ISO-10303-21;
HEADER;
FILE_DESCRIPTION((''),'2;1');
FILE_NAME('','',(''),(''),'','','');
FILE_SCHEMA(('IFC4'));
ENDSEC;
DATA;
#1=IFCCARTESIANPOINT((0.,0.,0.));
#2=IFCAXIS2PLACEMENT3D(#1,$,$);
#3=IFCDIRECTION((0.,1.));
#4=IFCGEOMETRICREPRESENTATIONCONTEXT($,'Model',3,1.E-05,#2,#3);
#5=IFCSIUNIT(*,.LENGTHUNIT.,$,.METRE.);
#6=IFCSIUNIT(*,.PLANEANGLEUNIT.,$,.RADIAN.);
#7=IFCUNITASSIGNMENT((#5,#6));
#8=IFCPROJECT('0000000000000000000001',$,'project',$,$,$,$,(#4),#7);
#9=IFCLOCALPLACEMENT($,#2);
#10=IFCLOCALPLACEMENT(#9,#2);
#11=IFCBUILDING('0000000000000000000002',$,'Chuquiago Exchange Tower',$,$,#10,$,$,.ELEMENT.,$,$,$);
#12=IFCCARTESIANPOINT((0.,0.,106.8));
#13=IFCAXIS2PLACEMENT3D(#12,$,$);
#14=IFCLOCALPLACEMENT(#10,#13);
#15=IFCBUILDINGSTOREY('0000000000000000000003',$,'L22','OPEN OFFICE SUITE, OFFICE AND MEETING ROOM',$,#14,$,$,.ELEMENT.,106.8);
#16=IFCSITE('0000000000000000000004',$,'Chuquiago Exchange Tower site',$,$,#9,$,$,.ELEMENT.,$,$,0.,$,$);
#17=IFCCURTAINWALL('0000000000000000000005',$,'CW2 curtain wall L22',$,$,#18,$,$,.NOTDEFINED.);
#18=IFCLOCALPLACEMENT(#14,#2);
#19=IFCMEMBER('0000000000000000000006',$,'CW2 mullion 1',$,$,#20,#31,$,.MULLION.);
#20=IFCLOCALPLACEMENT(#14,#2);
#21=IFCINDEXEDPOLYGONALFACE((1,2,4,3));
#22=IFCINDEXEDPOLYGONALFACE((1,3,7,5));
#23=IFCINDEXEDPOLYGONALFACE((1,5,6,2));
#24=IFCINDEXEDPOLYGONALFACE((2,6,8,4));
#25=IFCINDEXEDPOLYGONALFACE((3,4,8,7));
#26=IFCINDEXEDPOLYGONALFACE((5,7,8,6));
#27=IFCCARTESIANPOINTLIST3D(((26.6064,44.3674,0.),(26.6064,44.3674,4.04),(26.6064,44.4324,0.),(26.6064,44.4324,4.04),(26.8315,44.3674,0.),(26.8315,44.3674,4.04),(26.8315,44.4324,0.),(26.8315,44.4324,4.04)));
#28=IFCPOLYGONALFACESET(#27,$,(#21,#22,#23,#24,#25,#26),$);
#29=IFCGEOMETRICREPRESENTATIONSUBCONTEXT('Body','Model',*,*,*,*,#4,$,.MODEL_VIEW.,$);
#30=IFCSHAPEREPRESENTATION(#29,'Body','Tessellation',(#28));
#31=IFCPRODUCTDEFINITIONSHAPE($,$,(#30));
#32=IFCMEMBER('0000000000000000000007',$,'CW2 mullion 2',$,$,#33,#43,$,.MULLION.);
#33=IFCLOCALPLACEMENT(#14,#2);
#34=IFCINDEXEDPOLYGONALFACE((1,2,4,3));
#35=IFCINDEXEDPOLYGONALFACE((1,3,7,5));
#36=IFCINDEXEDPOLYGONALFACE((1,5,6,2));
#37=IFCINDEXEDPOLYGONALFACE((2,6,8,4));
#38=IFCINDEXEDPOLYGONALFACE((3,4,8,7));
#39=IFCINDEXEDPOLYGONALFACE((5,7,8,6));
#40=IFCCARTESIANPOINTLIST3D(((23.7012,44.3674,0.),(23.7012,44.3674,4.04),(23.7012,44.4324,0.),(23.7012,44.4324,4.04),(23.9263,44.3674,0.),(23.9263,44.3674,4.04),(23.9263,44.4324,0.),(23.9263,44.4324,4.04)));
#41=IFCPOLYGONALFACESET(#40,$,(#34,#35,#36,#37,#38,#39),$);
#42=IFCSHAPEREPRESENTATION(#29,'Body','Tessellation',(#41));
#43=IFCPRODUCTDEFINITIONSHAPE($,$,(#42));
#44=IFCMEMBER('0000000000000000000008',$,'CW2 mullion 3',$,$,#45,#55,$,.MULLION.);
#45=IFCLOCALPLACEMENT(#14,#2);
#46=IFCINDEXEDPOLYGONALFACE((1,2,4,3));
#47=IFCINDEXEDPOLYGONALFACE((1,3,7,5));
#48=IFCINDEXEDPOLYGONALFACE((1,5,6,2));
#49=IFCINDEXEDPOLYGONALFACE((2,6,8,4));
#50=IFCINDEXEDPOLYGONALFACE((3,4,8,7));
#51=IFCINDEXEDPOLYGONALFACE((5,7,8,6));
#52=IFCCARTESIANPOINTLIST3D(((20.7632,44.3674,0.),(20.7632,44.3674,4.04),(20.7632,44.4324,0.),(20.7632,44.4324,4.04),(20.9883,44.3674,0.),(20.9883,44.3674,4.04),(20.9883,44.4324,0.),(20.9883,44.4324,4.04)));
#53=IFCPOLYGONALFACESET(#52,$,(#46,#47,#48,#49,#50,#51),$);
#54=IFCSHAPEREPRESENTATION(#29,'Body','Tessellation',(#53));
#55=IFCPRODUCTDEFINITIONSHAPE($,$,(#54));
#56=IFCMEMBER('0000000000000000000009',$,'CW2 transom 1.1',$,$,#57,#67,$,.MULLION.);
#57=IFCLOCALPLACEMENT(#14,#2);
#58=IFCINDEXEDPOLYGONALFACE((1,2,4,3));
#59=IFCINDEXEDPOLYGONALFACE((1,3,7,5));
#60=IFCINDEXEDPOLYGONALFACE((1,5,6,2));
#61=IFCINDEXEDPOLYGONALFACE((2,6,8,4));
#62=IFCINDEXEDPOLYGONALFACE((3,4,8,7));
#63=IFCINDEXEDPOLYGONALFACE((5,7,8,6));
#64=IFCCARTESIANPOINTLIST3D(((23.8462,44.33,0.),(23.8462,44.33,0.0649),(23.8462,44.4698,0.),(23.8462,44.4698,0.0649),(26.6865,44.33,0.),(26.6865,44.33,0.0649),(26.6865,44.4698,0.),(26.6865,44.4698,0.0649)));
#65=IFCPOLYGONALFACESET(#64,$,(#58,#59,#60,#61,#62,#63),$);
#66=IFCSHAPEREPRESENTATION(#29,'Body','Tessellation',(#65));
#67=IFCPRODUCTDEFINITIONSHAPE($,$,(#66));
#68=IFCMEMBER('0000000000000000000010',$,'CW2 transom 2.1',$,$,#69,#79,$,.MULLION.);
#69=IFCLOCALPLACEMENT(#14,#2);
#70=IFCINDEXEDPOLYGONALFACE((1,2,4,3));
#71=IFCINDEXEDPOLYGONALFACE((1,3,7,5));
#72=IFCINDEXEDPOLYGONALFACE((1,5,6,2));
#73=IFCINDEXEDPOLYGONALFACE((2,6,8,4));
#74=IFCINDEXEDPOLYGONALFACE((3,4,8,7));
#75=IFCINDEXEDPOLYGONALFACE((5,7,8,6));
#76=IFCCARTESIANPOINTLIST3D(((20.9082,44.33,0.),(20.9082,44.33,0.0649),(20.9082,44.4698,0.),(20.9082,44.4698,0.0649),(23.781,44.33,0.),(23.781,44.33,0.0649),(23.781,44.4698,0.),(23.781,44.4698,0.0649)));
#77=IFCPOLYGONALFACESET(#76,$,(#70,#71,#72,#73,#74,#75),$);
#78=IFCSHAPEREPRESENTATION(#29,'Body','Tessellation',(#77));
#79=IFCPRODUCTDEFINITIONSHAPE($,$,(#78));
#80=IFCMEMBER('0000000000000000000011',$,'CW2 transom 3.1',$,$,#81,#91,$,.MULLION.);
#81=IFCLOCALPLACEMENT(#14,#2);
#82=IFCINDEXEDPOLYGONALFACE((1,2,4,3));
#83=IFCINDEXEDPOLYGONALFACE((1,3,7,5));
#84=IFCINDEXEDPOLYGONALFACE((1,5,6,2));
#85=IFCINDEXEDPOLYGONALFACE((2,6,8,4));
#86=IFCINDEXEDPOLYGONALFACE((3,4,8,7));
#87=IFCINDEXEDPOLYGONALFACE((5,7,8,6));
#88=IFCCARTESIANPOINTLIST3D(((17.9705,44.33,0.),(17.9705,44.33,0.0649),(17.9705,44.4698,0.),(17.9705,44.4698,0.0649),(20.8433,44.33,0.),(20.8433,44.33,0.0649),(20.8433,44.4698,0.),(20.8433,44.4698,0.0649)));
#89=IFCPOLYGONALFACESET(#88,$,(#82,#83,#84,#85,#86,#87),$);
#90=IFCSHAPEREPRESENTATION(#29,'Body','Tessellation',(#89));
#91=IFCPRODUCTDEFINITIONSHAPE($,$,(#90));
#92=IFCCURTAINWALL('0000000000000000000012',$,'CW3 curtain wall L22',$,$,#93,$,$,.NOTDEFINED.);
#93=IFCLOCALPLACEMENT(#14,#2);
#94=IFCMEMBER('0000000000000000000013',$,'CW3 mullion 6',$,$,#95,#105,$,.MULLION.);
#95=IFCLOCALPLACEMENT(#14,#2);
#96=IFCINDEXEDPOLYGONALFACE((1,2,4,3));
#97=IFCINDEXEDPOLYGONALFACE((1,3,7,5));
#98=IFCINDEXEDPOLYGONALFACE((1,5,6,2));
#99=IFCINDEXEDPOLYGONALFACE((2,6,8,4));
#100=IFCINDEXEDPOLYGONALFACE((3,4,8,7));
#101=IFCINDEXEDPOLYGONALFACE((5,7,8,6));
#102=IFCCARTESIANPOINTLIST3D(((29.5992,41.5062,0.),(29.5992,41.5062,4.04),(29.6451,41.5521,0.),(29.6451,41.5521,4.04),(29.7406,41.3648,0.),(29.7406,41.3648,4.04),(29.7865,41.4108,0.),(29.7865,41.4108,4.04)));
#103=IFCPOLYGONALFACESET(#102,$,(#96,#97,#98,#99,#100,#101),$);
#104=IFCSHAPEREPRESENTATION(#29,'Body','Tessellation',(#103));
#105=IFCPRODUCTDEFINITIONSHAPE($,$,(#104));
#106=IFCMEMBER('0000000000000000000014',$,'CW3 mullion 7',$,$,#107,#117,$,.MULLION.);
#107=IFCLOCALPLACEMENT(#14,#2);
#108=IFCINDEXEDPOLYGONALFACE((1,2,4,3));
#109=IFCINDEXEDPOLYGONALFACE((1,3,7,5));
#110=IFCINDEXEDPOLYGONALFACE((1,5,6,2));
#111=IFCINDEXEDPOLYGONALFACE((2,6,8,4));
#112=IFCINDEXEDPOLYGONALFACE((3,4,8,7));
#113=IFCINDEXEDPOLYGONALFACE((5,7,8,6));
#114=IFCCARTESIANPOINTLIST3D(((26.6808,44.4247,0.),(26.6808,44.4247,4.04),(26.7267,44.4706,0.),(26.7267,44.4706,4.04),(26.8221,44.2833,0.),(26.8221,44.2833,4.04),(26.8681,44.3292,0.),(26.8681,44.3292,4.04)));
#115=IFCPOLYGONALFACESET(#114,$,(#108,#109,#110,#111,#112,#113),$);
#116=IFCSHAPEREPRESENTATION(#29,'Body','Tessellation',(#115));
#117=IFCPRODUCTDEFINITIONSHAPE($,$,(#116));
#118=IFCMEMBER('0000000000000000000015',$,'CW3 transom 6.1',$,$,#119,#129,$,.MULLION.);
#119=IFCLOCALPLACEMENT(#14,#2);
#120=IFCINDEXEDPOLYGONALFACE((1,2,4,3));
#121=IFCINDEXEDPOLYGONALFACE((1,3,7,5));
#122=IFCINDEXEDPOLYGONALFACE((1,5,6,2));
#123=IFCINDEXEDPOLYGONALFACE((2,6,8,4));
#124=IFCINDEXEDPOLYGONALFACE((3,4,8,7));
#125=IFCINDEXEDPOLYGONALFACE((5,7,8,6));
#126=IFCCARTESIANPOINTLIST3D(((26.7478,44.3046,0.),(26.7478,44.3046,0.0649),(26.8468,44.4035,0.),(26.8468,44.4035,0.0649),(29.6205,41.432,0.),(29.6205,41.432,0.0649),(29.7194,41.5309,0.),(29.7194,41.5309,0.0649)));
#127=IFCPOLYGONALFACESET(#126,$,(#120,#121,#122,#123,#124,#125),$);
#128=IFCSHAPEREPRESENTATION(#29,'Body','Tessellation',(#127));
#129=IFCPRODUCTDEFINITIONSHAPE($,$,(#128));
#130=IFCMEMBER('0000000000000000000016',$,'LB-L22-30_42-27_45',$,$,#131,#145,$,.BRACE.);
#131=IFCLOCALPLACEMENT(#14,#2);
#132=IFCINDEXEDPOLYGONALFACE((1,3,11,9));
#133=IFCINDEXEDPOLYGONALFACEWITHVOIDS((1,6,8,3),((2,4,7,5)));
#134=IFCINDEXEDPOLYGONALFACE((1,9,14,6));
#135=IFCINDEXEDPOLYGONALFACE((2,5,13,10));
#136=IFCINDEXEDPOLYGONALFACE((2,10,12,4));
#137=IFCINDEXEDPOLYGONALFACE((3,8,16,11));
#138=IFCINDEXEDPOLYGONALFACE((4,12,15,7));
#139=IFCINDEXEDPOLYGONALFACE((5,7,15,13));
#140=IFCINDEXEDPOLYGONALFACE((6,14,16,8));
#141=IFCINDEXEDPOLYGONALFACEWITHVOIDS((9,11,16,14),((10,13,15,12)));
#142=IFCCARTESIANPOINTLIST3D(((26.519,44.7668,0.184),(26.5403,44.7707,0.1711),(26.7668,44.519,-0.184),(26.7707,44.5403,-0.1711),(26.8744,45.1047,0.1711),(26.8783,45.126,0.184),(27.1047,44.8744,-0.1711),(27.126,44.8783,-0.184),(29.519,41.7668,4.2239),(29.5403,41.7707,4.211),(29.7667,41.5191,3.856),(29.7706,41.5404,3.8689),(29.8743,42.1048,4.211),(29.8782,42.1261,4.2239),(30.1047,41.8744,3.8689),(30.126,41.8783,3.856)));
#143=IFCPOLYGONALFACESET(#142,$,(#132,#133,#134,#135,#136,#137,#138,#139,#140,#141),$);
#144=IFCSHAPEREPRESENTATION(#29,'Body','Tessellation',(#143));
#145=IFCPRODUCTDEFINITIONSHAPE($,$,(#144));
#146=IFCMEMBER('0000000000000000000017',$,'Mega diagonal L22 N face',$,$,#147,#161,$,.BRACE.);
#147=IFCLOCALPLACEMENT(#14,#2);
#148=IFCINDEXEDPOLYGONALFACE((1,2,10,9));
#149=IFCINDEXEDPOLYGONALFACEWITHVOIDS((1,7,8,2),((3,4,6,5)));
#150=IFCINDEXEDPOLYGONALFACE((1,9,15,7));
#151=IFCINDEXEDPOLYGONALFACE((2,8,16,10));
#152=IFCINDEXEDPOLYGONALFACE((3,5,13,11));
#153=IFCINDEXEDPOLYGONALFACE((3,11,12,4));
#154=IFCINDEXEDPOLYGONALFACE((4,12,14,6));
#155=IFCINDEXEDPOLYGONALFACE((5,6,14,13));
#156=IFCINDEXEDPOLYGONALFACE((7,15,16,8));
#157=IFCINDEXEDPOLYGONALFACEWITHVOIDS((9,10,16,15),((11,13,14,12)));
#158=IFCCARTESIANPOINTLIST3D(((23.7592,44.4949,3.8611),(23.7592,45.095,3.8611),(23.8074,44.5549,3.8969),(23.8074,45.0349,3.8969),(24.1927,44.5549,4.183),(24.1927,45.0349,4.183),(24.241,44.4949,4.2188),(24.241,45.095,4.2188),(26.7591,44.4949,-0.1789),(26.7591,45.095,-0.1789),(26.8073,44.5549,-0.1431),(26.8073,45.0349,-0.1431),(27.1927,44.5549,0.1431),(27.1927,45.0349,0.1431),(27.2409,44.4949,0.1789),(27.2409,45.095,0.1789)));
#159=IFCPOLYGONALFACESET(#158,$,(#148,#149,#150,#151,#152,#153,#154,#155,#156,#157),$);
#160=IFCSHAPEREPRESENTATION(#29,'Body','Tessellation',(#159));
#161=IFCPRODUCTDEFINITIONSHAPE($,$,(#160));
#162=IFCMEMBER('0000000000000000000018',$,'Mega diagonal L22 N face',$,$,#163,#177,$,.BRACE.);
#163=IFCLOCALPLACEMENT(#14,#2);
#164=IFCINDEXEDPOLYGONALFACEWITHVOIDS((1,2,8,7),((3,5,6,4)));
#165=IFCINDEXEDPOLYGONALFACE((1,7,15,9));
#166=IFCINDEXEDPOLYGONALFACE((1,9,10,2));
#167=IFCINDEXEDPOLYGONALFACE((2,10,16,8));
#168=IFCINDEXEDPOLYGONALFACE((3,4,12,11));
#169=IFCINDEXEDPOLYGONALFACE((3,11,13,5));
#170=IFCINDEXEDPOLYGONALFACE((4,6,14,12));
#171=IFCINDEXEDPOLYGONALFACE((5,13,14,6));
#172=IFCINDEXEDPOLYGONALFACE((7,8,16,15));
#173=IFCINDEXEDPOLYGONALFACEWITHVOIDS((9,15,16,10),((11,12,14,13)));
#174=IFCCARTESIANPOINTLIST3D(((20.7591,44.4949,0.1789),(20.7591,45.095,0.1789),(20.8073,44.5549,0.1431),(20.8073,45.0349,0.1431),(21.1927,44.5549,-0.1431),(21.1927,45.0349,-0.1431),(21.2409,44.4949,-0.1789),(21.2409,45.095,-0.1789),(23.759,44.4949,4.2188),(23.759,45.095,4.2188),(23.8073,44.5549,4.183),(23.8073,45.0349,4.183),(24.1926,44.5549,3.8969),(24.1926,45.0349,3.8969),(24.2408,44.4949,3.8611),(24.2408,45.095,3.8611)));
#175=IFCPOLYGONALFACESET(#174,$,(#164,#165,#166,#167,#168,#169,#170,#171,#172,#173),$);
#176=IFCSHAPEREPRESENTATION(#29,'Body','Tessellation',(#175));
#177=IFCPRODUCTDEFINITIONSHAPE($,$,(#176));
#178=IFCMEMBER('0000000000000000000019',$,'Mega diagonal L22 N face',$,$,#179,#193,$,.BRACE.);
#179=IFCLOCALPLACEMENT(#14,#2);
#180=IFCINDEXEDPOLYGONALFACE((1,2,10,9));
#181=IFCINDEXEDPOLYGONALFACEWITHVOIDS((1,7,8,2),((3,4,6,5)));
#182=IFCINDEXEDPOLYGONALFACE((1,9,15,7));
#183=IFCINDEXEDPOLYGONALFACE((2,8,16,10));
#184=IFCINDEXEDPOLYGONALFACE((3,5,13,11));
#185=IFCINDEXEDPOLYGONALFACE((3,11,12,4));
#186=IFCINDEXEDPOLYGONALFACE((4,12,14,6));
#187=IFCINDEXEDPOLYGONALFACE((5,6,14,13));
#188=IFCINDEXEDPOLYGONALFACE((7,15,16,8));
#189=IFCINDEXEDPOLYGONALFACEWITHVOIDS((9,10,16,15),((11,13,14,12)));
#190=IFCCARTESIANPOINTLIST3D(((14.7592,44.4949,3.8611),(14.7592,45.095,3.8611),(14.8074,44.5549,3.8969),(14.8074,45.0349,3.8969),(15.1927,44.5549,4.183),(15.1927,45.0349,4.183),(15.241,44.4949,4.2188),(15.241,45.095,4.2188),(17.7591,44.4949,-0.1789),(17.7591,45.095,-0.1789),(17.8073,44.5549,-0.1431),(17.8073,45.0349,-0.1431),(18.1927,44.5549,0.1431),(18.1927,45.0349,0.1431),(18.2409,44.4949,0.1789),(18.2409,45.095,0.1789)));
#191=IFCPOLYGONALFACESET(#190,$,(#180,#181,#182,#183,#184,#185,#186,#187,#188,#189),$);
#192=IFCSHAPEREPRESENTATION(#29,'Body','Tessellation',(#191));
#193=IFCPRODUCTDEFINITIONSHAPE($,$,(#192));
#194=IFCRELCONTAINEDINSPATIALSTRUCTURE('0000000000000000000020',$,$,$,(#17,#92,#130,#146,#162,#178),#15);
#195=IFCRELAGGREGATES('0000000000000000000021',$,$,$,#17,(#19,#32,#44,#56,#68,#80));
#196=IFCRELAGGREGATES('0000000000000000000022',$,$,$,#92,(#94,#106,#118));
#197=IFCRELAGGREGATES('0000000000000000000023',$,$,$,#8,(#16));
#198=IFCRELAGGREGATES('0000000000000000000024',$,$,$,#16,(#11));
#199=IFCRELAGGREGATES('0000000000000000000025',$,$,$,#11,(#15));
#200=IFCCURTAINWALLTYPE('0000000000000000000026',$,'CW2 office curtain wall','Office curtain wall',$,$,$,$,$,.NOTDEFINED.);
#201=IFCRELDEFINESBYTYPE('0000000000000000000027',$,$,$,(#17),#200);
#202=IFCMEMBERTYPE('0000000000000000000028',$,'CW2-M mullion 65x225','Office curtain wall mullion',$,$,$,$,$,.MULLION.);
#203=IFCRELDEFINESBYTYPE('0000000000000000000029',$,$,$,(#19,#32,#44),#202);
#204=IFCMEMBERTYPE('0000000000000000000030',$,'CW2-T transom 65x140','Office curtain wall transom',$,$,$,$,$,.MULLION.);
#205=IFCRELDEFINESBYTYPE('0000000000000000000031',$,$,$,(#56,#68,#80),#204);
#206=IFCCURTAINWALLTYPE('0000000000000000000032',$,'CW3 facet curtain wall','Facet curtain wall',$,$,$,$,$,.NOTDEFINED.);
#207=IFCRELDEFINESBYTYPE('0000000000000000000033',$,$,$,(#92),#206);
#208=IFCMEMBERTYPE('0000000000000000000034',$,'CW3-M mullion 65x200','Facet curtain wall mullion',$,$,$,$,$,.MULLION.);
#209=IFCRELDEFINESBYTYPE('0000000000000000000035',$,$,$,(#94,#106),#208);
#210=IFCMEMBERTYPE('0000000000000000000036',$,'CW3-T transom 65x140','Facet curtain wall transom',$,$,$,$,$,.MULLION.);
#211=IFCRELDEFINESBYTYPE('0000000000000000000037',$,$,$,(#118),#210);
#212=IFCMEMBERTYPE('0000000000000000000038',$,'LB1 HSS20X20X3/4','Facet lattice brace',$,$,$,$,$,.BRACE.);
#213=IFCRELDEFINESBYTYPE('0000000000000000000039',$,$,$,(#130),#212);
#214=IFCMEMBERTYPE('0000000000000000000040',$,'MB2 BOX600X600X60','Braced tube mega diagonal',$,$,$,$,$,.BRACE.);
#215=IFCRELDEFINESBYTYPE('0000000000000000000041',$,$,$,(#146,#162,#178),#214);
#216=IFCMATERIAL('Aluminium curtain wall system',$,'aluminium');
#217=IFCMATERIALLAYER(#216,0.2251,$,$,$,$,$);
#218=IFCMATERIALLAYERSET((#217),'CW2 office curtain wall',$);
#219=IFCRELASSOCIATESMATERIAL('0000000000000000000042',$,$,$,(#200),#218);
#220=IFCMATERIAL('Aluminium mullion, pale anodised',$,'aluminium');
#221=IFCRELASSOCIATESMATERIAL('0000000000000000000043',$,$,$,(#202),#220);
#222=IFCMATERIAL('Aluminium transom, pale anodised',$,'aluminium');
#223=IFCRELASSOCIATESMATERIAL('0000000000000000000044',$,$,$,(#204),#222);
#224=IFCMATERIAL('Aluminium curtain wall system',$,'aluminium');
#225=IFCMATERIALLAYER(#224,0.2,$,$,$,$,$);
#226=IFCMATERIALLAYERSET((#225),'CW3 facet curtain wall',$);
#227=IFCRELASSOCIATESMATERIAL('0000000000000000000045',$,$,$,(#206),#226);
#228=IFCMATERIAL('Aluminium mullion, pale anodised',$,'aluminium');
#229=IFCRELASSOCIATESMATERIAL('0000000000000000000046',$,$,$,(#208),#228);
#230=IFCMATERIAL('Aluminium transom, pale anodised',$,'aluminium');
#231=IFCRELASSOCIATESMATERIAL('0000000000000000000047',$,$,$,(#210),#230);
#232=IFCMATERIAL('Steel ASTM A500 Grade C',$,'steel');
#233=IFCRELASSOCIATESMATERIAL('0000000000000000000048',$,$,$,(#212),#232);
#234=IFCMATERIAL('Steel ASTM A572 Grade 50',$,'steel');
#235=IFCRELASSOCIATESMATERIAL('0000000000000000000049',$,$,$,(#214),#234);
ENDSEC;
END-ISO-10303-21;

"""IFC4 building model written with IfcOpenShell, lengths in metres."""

from ifc_helpers import new_model, si_unit, direction, frame, origin, origin_2d, place, context, subcontext, project, spatial, rectangle, hollow_rectangle, extrude, material, layer, layer_set, material_profile, profile_set, type_object, element, aggregate, save


model = new_model("IFC4")

# Units and contexts
model_context = context("Model", 3, precision=1e-05, world=origin(), true_north=direction((0.0, 1.0)))
body_context = subcontext(model_context, "Body", "Model", "MODEL_VIEW")
ifc_project = project(units=[si_unit("LENGTHUNIT", "METRE"), si_unit("PLANEANGLEUNIT", "RADIAN")], contexts=[model_context])

# Site, building, storey
site_placement = place(None, origin())
site = spatial("IfcSite", under=ifc_project, at=site_placement, Name="Chuquiago Exchange Tower site", CompositionType="ELEMENT", RefElevation=0.0)
building_placement = place(site_placement, origin())
building = spatial("IfcBuilding", under=site, at=building_placement, Name="Chuquiago Exchange Tower", CompositionType="ELEMENT")
storey_placement = place(building_placement, frame((0.0, 0.0, 106.8)))
storey = spatial("IfcBuildingStorey", under=building, at=storey_placement, Name="L22", Description="OPEN OFFICE SUITE, OFFICE AND MEETING ROOM", CompositionType="ELEMENT", Elevation=106.8)

# Curtain walls, members
ifc_material_1 = material(Name="Aluminium curtain wall system", Category="aluminium")
ifc_layer_1 = layer(ifc_material_1, 0.2251)
ifc_layer_set_1 = layer_set([ifc_layer_1], Name="CW2 office curtain wall")
curtain_wall_type_1 = type_object("IfcCurtainWallType", Name="CW2 office curtain wall", Description="Office curtain wall", PredefinedType="NOTDEFINED", material=ifc_layer_set_1)
curtain_wall_1_placement = place(storey_placement, origin())
curtain_wall_1 = element("IfcCurtainWall", 1, at=curtain_wall_1_placement, inside=storey, type_object=curtain_wall_type_1, Name="CW2 curtain wall L22", PredefinedType="NOTDEFINED")
ifc_material_2 = material(Name="Aluminium mullion, pale anodised", Category="aluminium")
ifc_material_profile_1 = material_profile(ifc_material_2, rectangle(XDim=0.0649, YDim=0.2251, at=origin_2d()), Name="AL 65x225")
ifc_profile_set_1 = profile_set([ifc_material_profile_1], Name="Aluminium mullion, pale anodised")
member_type_1 = type_object("IfcMemberType", Name="CW2-M mullion 65x225", Description="Office curtain wall mullion", PredefinedType="MULLION", material=ifc_profile_set_1)
member_1_placement = place(storey_placement, frame((26.719, 44.3999, 0.0), z_axis=(0.0, 0.0, 1.0), x_axis=(0.0, -1.0, 0.0)))
member_1 = element("IfcMember", 2, at=member_1_placement, type_object=member_type_1, Name="CW2 mullion 1", PredefinedType="MULLION", context=body_context, shape_type="SweptSolid", body=[
    extrude(rectangle(XDim=0.0649, YDim=0.2251, at=origin_2d()), origin(), (0.0, 0.0, 1.0), 4.04),
])
member_2_placement = place(storey_placement, frame((23.8137, 44.3999, 0.0), z_axis=(0.0, 0.0, 1.0), x_axis=(0.0, -1.0, 0.0)))
member_2 = element("IfcMember", 3, at=member_2_placement, type_object=member_type_1, Name="CW2 mullion 2", PredefinedType="MULLION", context=body_context, shape_type="SweptSolid", body=[
    extrude(rectangle(XDim=0.0649, YDim=0.2251, at=origin_2d()), origin(), (0.0, 0.0, 1.0), 4.04),
])
member_3_placement = place(storey_placement, frame((20.8757, 44.3999, 0.0), z_axis=(0.0, 0.0, 1.0), x_axis=(0.0, -1.0, 0.0)))
member_3 = element("IfcMember", 4, at=member_3_placement, type_object=member_type_1, Name="CW2 mullion 3", PredefinedType="MULLION", context=body_context, shape_type="SweptSolid", body=[
    extrude(rectangle(XDim=0.0649, YDim=0.2251, at=origin_2d()), origin(), (0.0, 0.0, 1.0), 4.04),
])
ifc_material_3 = material(Name="Aluminium transom, pale anodised", Category="aluminium")
ifc_material_profile_2 = material_profile(ifc_material_3, rectangle(XDim=0.1399, YDim=0.0649, at=origin_2d()), Name="AL 140x65")
ifc_profile_set_2 = profile_set([ifc_material_profile_2], Name="Aluminium transom, pale anodised")
member_type_2 = type_object("IfcMemberType", Name="CW2-T transom 65x140", Description="Office curtain wall transom", PredefinedType="MULLION", material=ifc_profile_set_2)
member_4_placement = place(storey_placement, frame((26.6865, 44.3999, 0.0325), z_axis=(-1.0, 0.0, 0.0), x_axis=(0.0, -1.0, 0.0)))
member_4 = element("IfcMember", 5, at=member_4_placement, type_object=member_type_2, Name="CW2 transom 1.1", PredefinedType="MULLION", context=body_context, shape_type="SweptSolid", body=[
    extrude(rectangle(XDim=0.1399, YDim=0.0649, at=origin_2d()), origin(), (0.0, 0.0, 1.0), 2.8403),
])
member_5_placement = place(storey_placement, frame((23.781, 44.3999, 0.0325), z_axis=(-1.0, 0.0, 0.0), x_axis=(0.0, -1.0, 0.0)))
member_5 = element("IfcMember", 6, at=member_5_placement, type_object=member_type_2, Name="CW2 transom 2.1", PredefinedType="MULLION", context=body_context, shape_type="SweptSolid", body=[
    extrude(rectangle(XDim=0.1399, YDim=0.0649, at=origin_2d()), origin(), (0.0, 0.0, 1.0), 2.8728),
])
member_6_placement = place(storey_placement, frame((20.8433, 44.3999, 0.0325), z_axis=(-1.0, 0.0, 0.0), x_axis=(0.0, -1.0, 0.0)))
member_6 = element("IfcMember", 7, at=member_6_placement, type_object=member_type_2, Name="CW2 transom 3.1", PredefinedType="MULLION", context=body_context, shape_type="SweptSolid", body=[
    extrude(rectangle(XDim=0.1399, YDim=0.0649, at=origin_2d()), origin(), (0.0, 0.0, 1.0), 2.8728),
])
ifc_material_4 = material(Name="Aluminium curtain wall system", Category="aluminium")
ifc_layer_2 = layer(ifc_material_4, 0.2)
ifc_layer_set_2 = layer_set([ifc_layer_2], Name="CW3 facet curtain wall")
curtain_wall_type_2 = type_object("IfcCurtainWallType", Name="CW3 facet curtain wall", Description="Facet curtain wall", PredefinedType="NOTDEFINED", material=ifc_layer_set_2)
curtain_wall_2_placement = place(storey_placement, origin())
curtain_wall_2 = element("IfcCurtainWall", 8, at=curtain_wall_2_placement, inside=storey, type_object=curtain_wall_type_2, Name="CW3 curtain wall L22", PredefinedType="NOTDEFINED")
ifc_material_5 = material(Name="Aluminium mullion, pale anodised", Category="aluminium")
ifc_material_profile_3 = material_profile(ifc_material_5, rectangle(XDim=0.0649, YDim=0.2, at=origin_2d()), Name="AL 65x200")
ifc_profile_set_3 = profile_set([ifc_material_profile_3], Name="Aluminium mullion, pale anodised")
member_type_3 = type_object("IfcMemberType", Name="CW3-M mullion 65x200", Description="Facet curtain wall mullion", PredefinedType="MULLION", material=ifc_profile_set_3)
member_7_placement = place(storey_placement, frame((29.6929, 41.4585, 0.0), z_axis=(0.0, 0.0, 1.0), x_axis=(-0.707107, -0.707107, 0.0)))
member_7 = element("IfcMember", 9, at=member_7_placement, type_object=member_type_3, Name="CW3 mullion 6", PredefinedType="MULLION", context=body_context, shape_type="SweptSolid", body=[
    extrude(rectangle(XDim=0.0649, YDim=0.2, at=origin_2d()), origin(), (0.0, 0.0, 1.0), 4.04),
])
member_8_placement = place(storey_placement, frame((26.7744, 44.377, 0.0), z_axis=(0.0, 0.0, 1.0), x_axis=(-0.707107, -0.707107, 0.0)))
member_8 = element("IfcMember", 10, at=member_8_placement, type_object=member_type_3, Name="CW3 mullion 7", PredefinedType="MULLION", context=body_context, shape_type="SweptSolid", body=[
    extrude(rectangle(XDim=0.0649, YDim=0.2, at=origin_2d()), origin(), (0.0, 0.0, 1.0), 4.04),
])
ifc_material_6 = material(Name="Aluminium transom, pale anodised", Category="aluminium")
ifc_material_profile_4 = material_profile(ifc_material_6, rectangle(XDim=0.1399, YDim=0.0649, at=origin_2d()), Name="AL 140x65")
ifc_profile_set_4 = profile_set([ifc_material_profile_4], Name="Aluminium transom, pale anodised")
member_type_4 = type_object("IfcMemberType", Name="CW3-T transom 65x140", Description="Facet curtain wall transom", PredefinedType="MULLION", material=ifc_profile_set_4)
member_9_placement = place(storey_placement, frame((29.6699, 41.4814, 0.0325), z_axis=(-0.707107, 0.707107, 0.0), x_axis=(-0.707107, -0.707107, 0.0)))
member_9 = element("IfcMember", 11, at=member_9_placement, type_object=member_type_4, Name="CW3 transom 6.1", PredefinedType="MULLION", context=body_context, shape_type="SweptSolid", body=[
    extrude(rectangle(XDim=0.1399, YDim=0.0649, at=origin_2d()), origin(), (0.0, 0.0, 1.0), 4.0625),
])

# Members
ifc_material_7 = material(Name="Steel ASTM A500 Grade C", Category="steel")
ifc_material_profile_5 = material_profile(ifc_material_7, hollow_rectangle(XDim=0.5081, YDim=0.5081, WallThickness=0.0178, at=origin_2d()), Name="HSS20X20X3/4")
ifc_profile_set_5 = profile_set([ifc_material_profile_5], Name="Steel ASTM A500 Grade C")
member_type_5 = type_object("IfcMemberType", Name="LB1 HSS20X20X3/4", Description="Facet lattice brace", PredefinedType="BRACE", material=ifc_profile_set_5)
member_10_placement = place(storey_placement, frame((26.8225, 44.8225, 0.0), z_axis=(0.512077, -0.512077, 0.689604), x_axis=(0.707107, 0.707107, 0.0)))
element("IfcMember", 12, at=member_10_placement, inside=storey, type_object=member_type_5, Name="LB-L22-30_42-27_45", PredefinedType="BRACE", context=body_context, shape_type="SweptSolid", body=[
    extrude(hollow_rectangle(XDim=0.5081, YDim=0.5081, WallThickness=0.0178, at=origin_2d()), origin(), (0.0, 0.0, 1.0), 5.8584),
])
ifc_material_8 = material(Name="Steel ASTM A572 Grade 50", Category="steel")
ifc_material_profile_6 = material_profile(ifc_material_8, hollow_rectangle(XDim=0.6001, YDim=0.6001, WallThickness=0.0601, at=origin_2d()), Name="BOX600X600X60")
ifc_profile_set_6 = profile_set([ifc_material_profile_6], Name="Steel ASTM A572 Grade 50")
member_type_6 = type_object("IfcMemberType", Name="MB2 BOX600X600X60", Description="Braced tube mega diagonal", PredefinedType="BRACE", material=ifc_profile_set_6)
for number, where, z_axis, x_axis, name in (
    (13, (27.0, 44.7949, 0.0), (-0.596174, 0.0, 0.802855), (0.0, -1.0, 0.0), "Mega diagonal L22 N face"),
    (14, (21.0, 44.7949, 0.0), (0.596174, 0.0, 0.802855), (0.0, 1.0, 0.0), "Mega diagonal L22 N face"),
    (15, (18.0, 44.7949, 0.0), (-0.596174, 0.0, 0.802855), (0.0, -1.0, 0.0), "Mega diagonal L22 N face"),
):
    element("IfcMember", number, at=place(storey_placement, frame(where, z_axis=z_axis, x_axis=x_axis)), inside=storey, type_object=member_type_6, Name=name, PredefinedType="BRACE", context=body_context, shape_type="SweptSolid", body=[
        extrude(hollow_rectangle(XDim=0.6001, YDim=0.6001, WallThickness=0.0601, at=origin_2d()), origin(), (0.0, 0.0, 1.0), 5.032),
    ])

aggregate(curtain_wall_1, [member_1, member_2, member_3, member_4, member_5, member_6])
aggregate(curtain_wall_2, [member_7, member_8, member_9])

save(model, "model.ifc")
